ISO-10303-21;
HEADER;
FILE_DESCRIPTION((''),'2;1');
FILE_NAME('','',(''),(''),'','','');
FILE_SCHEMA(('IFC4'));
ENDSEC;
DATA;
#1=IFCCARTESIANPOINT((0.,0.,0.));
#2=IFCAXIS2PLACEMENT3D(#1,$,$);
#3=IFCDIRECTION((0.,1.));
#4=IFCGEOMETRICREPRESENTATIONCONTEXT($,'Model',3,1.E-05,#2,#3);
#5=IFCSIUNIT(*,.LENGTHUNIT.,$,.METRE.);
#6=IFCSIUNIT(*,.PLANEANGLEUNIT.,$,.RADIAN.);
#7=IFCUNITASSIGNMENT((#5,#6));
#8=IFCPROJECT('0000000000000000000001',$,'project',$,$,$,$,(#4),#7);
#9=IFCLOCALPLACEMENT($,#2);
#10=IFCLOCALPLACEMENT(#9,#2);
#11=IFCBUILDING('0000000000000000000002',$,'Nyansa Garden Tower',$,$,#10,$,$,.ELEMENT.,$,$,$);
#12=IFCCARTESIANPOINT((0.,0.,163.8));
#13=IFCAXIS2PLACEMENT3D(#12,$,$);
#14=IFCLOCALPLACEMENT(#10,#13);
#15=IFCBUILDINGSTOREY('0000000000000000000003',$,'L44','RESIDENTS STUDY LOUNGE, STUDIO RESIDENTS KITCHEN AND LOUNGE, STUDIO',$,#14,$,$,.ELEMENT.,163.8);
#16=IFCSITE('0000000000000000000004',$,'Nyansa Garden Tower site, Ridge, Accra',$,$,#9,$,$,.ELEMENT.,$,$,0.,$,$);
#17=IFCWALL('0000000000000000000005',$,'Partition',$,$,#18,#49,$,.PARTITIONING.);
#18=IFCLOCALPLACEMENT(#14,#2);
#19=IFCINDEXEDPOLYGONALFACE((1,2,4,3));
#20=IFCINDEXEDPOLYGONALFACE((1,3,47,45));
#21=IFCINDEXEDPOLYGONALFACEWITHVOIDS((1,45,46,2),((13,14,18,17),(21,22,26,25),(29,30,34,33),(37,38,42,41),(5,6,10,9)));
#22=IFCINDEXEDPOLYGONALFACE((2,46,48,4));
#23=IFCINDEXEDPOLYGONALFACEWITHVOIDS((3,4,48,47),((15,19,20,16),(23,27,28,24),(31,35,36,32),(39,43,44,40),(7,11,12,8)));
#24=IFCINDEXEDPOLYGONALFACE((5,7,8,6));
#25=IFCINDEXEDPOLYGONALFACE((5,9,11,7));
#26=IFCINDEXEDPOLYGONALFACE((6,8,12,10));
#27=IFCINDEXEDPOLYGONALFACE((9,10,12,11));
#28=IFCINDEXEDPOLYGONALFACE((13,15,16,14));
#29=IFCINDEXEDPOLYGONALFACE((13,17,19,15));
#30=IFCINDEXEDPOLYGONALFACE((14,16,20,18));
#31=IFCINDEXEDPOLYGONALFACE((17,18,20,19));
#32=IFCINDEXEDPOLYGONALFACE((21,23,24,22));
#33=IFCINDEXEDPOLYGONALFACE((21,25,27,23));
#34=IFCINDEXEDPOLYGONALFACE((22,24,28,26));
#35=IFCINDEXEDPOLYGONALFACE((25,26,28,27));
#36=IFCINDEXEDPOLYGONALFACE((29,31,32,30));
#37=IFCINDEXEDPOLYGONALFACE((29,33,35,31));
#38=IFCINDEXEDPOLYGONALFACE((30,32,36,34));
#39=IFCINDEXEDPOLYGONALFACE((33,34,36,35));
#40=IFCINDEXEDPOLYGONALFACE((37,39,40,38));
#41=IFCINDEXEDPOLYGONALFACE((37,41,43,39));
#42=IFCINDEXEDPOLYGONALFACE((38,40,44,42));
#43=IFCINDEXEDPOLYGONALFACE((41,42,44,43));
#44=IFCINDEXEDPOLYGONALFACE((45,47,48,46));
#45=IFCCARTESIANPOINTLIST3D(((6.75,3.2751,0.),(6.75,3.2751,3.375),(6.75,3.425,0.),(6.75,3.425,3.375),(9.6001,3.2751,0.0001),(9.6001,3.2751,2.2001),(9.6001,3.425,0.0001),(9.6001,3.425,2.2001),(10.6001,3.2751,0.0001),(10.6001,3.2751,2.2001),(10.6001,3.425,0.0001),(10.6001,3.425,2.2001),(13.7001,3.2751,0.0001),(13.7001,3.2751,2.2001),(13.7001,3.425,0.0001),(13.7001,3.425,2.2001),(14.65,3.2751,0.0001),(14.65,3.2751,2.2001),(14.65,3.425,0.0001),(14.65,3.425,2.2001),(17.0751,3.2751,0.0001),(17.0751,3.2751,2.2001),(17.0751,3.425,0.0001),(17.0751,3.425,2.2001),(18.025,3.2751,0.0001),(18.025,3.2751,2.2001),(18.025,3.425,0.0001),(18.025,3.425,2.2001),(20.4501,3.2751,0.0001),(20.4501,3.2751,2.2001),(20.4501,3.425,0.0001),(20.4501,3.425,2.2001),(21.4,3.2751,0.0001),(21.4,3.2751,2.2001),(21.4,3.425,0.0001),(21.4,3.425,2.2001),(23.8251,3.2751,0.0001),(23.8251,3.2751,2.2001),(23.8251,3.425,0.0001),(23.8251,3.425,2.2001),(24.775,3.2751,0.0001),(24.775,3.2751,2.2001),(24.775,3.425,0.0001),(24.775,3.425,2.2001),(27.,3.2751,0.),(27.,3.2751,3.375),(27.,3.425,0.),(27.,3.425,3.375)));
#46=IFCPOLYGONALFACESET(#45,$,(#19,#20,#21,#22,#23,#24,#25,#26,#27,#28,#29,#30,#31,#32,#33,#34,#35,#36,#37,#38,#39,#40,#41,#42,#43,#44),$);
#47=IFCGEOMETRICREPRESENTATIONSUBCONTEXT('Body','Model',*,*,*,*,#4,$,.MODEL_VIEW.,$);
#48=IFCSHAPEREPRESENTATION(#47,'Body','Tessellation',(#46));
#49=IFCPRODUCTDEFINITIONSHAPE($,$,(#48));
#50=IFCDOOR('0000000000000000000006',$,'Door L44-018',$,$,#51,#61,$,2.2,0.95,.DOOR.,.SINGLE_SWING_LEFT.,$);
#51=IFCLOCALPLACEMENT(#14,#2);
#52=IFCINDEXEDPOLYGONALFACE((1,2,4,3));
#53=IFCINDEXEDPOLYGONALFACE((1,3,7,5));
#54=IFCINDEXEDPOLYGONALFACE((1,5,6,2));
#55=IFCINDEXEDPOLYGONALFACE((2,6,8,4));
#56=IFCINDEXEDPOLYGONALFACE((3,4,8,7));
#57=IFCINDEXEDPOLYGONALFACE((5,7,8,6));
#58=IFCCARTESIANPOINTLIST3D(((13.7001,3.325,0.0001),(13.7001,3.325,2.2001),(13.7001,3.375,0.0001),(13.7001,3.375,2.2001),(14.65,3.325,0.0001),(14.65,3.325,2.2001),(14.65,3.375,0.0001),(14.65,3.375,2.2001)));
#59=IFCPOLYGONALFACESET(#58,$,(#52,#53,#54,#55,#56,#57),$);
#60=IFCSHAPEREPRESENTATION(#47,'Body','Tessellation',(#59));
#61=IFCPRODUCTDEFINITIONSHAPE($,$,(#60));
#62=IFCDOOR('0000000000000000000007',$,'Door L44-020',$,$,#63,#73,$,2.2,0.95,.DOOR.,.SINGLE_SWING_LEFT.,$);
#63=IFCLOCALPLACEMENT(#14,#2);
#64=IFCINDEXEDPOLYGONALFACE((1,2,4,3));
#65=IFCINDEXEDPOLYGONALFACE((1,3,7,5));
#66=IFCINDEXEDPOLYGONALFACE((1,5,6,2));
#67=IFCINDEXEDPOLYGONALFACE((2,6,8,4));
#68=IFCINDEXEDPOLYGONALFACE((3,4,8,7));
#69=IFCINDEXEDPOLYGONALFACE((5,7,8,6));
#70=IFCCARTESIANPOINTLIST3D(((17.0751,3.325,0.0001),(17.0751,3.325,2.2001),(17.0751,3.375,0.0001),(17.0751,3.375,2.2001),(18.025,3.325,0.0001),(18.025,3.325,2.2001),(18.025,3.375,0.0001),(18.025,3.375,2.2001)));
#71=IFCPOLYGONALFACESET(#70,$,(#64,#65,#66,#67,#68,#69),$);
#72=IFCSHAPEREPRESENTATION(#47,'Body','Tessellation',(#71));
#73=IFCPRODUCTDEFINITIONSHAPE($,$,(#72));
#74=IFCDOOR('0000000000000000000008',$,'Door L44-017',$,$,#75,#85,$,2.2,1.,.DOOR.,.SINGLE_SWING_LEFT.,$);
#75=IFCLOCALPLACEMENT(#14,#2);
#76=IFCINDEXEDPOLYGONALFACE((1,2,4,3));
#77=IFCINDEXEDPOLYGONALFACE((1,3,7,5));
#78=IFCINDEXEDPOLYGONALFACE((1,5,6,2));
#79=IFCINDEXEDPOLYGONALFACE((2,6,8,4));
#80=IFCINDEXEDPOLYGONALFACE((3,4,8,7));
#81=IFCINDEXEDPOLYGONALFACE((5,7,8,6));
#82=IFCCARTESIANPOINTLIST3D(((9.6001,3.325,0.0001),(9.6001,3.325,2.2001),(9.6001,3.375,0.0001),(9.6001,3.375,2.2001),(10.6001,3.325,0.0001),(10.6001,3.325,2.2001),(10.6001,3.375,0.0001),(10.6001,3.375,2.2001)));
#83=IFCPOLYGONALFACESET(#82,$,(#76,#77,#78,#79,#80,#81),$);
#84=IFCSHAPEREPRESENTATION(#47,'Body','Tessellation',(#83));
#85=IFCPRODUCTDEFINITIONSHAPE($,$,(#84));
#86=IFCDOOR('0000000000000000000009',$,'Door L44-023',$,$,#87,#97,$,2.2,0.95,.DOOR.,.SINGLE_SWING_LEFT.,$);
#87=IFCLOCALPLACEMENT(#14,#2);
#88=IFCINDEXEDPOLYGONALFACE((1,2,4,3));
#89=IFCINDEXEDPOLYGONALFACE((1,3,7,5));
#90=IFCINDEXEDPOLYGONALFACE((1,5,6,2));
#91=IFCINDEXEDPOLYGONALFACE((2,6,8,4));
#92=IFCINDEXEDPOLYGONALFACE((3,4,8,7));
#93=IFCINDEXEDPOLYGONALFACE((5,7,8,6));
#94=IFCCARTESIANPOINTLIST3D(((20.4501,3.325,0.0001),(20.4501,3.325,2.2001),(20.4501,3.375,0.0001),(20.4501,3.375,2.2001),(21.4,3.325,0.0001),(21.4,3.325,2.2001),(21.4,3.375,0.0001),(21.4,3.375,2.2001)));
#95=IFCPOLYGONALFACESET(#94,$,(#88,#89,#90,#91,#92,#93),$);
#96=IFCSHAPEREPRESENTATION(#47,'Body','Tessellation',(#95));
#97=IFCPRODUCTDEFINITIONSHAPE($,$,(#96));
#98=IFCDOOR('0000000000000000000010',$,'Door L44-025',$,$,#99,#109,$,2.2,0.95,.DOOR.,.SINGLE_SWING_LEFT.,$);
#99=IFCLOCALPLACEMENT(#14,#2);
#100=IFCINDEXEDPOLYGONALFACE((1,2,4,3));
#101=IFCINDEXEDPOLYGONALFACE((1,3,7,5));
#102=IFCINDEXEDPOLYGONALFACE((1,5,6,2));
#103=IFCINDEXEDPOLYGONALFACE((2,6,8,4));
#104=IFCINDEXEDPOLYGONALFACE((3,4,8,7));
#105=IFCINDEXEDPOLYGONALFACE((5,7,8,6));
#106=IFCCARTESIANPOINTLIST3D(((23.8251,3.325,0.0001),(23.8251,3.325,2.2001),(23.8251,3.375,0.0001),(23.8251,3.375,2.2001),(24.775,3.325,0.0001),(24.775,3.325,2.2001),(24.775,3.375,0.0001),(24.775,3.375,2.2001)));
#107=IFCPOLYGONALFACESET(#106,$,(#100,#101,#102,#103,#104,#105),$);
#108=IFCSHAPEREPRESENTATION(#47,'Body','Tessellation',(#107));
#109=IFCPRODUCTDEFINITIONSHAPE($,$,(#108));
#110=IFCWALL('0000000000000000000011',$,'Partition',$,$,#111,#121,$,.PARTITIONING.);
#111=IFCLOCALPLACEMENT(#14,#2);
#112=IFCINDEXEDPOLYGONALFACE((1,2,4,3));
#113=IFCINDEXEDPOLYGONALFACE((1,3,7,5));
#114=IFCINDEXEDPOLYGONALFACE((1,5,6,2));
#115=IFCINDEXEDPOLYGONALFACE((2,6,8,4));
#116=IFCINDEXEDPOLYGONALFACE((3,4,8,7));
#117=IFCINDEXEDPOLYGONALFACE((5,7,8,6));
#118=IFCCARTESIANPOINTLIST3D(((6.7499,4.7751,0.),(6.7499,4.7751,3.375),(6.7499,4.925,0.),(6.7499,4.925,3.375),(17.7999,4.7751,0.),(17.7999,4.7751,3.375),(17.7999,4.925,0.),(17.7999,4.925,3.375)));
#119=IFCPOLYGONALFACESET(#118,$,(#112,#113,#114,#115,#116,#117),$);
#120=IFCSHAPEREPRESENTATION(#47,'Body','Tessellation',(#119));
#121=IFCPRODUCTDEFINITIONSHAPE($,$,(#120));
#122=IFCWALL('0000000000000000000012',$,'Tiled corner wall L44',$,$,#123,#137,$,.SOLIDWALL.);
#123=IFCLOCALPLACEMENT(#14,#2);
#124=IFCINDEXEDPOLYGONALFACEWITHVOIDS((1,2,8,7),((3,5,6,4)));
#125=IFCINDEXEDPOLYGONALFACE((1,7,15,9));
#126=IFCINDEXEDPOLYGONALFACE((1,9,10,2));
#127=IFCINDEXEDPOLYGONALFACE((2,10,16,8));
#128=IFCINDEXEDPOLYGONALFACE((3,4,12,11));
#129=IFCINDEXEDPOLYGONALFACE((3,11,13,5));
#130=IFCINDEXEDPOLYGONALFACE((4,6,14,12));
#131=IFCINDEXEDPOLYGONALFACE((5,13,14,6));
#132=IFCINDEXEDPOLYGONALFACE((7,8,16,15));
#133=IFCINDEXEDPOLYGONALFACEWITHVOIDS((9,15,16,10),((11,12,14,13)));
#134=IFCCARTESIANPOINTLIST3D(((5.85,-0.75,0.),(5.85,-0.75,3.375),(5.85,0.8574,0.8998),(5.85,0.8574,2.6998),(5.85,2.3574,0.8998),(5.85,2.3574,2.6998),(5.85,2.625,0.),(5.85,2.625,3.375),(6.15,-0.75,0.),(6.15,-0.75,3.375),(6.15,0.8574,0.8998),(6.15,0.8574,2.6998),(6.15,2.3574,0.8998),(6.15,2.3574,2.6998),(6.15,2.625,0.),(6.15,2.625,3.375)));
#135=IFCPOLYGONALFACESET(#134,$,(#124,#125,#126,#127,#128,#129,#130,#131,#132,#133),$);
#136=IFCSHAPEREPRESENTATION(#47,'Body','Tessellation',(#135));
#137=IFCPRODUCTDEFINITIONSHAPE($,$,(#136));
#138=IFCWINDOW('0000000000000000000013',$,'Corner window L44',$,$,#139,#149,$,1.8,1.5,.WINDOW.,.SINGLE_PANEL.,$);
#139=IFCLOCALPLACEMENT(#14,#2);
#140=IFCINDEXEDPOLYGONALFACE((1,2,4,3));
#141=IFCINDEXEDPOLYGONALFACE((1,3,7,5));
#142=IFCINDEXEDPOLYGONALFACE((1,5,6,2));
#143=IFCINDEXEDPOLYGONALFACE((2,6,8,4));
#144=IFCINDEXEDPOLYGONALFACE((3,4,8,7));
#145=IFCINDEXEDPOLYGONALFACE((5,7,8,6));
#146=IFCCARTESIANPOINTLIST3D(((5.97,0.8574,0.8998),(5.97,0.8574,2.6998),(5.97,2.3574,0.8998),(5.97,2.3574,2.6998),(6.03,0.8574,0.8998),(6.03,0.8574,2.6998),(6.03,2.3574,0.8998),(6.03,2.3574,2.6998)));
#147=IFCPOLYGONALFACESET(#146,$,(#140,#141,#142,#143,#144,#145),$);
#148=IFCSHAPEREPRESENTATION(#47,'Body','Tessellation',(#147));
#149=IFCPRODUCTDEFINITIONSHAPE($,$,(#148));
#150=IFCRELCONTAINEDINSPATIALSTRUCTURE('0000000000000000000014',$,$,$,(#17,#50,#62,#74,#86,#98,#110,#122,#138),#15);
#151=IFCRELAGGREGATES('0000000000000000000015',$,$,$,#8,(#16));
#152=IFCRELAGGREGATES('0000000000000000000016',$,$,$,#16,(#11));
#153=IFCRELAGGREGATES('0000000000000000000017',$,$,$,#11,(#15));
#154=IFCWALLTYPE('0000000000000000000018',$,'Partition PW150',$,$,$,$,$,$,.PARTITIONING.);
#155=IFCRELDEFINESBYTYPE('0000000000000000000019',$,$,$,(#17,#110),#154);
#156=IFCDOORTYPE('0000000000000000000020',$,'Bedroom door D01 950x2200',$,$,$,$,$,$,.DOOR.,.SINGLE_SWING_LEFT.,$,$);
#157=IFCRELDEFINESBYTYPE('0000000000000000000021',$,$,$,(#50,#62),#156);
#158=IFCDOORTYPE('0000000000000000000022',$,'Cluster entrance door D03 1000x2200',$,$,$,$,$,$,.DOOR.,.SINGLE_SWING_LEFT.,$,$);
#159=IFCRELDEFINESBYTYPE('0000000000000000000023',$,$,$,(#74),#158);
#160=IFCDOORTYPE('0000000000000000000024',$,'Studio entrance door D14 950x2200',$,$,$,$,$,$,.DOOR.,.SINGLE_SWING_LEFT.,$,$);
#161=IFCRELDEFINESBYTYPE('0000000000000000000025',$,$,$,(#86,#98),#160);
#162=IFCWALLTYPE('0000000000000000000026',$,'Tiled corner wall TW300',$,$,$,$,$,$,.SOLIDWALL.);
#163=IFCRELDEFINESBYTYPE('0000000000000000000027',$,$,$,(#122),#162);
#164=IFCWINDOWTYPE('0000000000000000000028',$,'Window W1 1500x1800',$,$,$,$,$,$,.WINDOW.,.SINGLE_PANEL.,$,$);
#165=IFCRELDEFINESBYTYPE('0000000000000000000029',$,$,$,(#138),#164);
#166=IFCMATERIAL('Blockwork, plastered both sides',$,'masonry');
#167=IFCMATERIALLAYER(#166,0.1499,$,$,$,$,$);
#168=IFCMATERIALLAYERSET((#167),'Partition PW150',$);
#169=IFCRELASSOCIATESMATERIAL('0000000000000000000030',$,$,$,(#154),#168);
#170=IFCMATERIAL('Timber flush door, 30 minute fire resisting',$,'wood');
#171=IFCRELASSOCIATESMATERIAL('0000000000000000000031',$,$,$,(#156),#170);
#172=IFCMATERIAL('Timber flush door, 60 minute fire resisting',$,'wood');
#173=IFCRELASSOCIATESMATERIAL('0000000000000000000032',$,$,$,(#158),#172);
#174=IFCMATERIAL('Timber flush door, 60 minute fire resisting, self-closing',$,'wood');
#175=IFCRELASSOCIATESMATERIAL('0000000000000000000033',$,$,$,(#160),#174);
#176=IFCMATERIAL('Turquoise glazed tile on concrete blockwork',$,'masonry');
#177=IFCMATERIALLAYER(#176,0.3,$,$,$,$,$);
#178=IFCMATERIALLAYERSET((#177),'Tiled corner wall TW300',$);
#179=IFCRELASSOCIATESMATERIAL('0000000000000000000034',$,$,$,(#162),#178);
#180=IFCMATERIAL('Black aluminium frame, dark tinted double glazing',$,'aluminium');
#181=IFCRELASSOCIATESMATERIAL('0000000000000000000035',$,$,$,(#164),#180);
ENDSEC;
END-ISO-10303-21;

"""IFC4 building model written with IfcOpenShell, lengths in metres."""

from ifc_helpers import new_model, si_unit, direction, frame, frame_2d, origin, place, context, subcontext, project, spatial, rectangle, extrude, material, layer, layer_set, type_object, element, fill, save


model = new_model("IFC4")

# Units and contexts
model_context = context("Model", 3, precision=1e-05, world=origin(), true_north=direction((0.0, 1.0)))
body_context = subcontext(model_context, "Body", "Model", "MODEL_VIEW")
ifc_project = project(units=[si_unit("LENGTHUNIT", "METRE"), si_unit("PLANEANGLEUNIT", "RADIAN")], contexts=[model_context])

# Site, building, storey
site_placement = place(None, origin())
site = spatial("IfcSite", under=ifc_project, at=site_placement, Name="Nyansa Garden Tower site, Ridge, Accra", CompositionType="ELEMENT", RefElevation=0.0)
building_placement = place(site_placement, origin())
building = spatial("IfcBuilding", under=site, at=building_placement, Name="Nyansa Garden Tower", CompositionType="ELEMENT")
storey_placement = place(building_placement, frame((0.0, 0.0, 163.8)))
storey = spatial("IfcBuildingStorey", under=building, at=storey_placement, Name="L44", Description="RESIDENTS STUDY LOUNGE, STUDIO RESIDENTS KITCHEN AND LOUNGE, STUDIO", CompositionType="ELEMENT", Elevation=163.8)

# Shared definitions
ifc_material_1 = material(Name="Blockwork, plastered both sides", Category="masonry")
ifc_layer_1 = layer(ifc_material_1, 0.1499)
ifc_layer_set_1 = layer_set([ifc_layer_1], Name="Partition PW150")
wall_type_1 = type_object("IfcWallType", Name="Partition PW150", PredefinedType="PARTITIONING", material=ifc_layer_set_1)

# Wall, openings, doors
wall_1_placement = place(storey_placement, frame((6.75, 3.3501, 0.0), z_axis=(0.0, 0.0, 1.0), x_axis=(1.0, 0.0, 0.0)))
wall_1 = element("IfcWall", 1, at=wall_1_placement, inside=storey, type_object=wall_type_1, Name="Partition", PredefinedType="PARTITIONING", context=body_context, shape_type="SweptSolid", body=[
    extrude(rectangle(XDim=20.25, YDim=0.1499, at=frame_2d((10.125, 0.0))), origin(), (0.0, 0.0, 1.0), 3.375),
])
opening_1_placement = place(wall_1_placement, frame((2.8501, 0.0, 0.0)))
opening_1 = element("IfcOpeningElement", 2, at=opening_1_placement, cuts=wall_1, PredefinedType="OPENING", context=body_context, shape_type="SweptSolid", body=[
    extrude(rectangle(XDim=1.0, YDim=2.2, at=frame_2d((0.5, 1.1001))), frame((0.0, 0.085, 0.0), z_axis=(0.0, -1.0, 0.0), x_axis=(1.0, 0.0, 0.0)), (0.0, 0.0, 1.0), 0.1699),
])
opening_2_placement = place(wall_1_placement, frame((6.95, 0.0, 0.0)))
opening_2 = element("IfcOpeningElement", 3, at=opening_2_placement, cuts=wall_1, PredefinedType="OPENING", context=body_context, shape_type="SweptSolid", body=[
    extrude(rectangle(XDim=0.95, YDim=2.2, at=frame_2d((0.4751, 1.1001))), frame((0.0, 0.085, 0.0), z_axis=(0.0, -1.0, 0.0), x_axis=(1.0, 0.0, 0.0)), (0.0, 0.0, 1.0), 0.1699),
])
opening_3_placement = place(wall_1_placement, frame((10.325, 0.0, 0.0)))
opening_3 = element("IfcOpeningElement", 4, at=opening_3_placement, cuts=wall_1, PredefinedType="OPENING", context=body_context, shape_type="SweptSolid", body=[
    extrude(rectangle(XDim=0.95, YDim=2.2, at=frame_2d((0.4751, 1.1001))), frame((0.0, 0.085, 0.0), z_axis=(0.0, -1.0, 0.0), x_axis=(1.0, 0.0, 0.0)), (0.0, 0.0, 1.0), 0.1699),
])
opening_4_placement = place(wall_1_placement, frame((13.7, 0.0, 0.0)))
opening_4 = element("IfcOpeningElement", 5, at=opening_4_placement, cuts=wall_1, PredefinedType="OPENING", context=body_context, shape_type="SweptSolid", body=[
    extrude(rectangle(XDim=0.95, YDim=2.2, at=frame_2d((0.4751, 1.1001))), frame((0.0, 0.085, 0.0), z_axis=(0.0, -1.0, 0.0), x_axis=(1.0, 0.0, 0.0)), (0.0, 0.0, 1.0), 0.1699),
])
opening_5_placement = place(wall_1_placement, frame((17.075, 0.0, 0.0)))
opening_5 = element("IfcOpeningElement", 6, at=opening_5_placement, cuts=wall_1, PredefinedType="OPENING", context=body_context, shape_type="SweptSolid", body=[
    extrude(rectangle(XDim=0.95, YDim=2.2, at=frame_2d((0.4751, 1.1001))), frame((0.0, 0.085, 0.0), z_axis=(0.0, -1.0, 0.0), x_axis=(1.0, 0.0, 0.0)), (0.0, 0.0, 1.0), 0.1699),
])
ifc_material_2 = material(Name="Timber flush door, 30 minute fire resisting", Category="wood")
door_type_1 = type_object("IfcDoorType", Name="Bedroom door D01 950x2200", OperationType="SINGLE_SWING_LEFT", PredefinedType="DOOR", material=ifc_material_2)
door_1_placement = place(opening_2_placement, origin())
door_1 = element("IfcDoor", 7, at=door_1_placement, inside=storey, type_object=door_type_1, Name="Door L44-018", OperationType="SINGLE_SWING_LEFT", OverallHeight=2.2, OverallWidth=0.95, PredefinedType="DOOR", context=body_context, shape_type="SweptSolid", body=[
    extrude(rectangle(XDim=0.95, YDim=2.2, at=frame_2d((0.4751, 1.1001))), frame((0.0, 0.0249, 0.0), z_axis=(0.0, -1.0, 0.0), x_axis=(1.0, 0.0, 0.0)), (0.0, 0.0, 1.0), 0.05),
])
fill(opening_2, door_1)
door_2_placement = place(opening_3_placement, origin())
door_2 = element("IfcDoor", 8, at=door_2_placement, inside=storey, type_object=door_type_1, Name="Door L44-020", OperationType="SINGLE_SWING_LEFT", OverallHeight=2.2, OverallWidth=0.95, PredefinedType="DOOR", context=body_context, shape_type="SweptSolid", body=[
    extrude(rectangle(XDim=0.95, YDim=2.2, at=frame_2d((0.4751, 1.1001))), frame((0.0, 0.0249, 0.0), z_axis=(0.0, -1.0, 0.0), x_axis=(1.0, 0.0, 0.0)), (0.0, 0.0, 1.0), 0.05),
])
fill(opening_3, door_2)
ifc_material_3 = material(Name="Timber flush door, 60 minute fire resisting", Category="wood")
door_type_2 = type_object("IfcDoorType", Name="Cluster entrance door D03 1000x2200", OperationType="SINGLE_SWING_LEFT", PredefinedType="DOOR", material=ifc_material_3)
door_3_placement = place(opening_1_placement, origin())
door_3 = element("IfcDoor", 9, at=door_3_placement, inside=storey, type_object=door_type_2, Name="Door L44-017", OperationType="SINGLE_SWING_LEFT", OverallHeight=2.2, OverallWidth=1.0, PredefinedType="DOOR", context=body_context, shape_type="SweptSolid", body=[
    extrude(rectangle(XDim=1.0, YDim=2.2, at=frame_2d((0.5, 1.1001))), frame((0.0, 0.0249, 0.0), z_axis=(0.0, -1.0, 0.0), x_axis=(1.0, 0.0, 0.0)), (0.0, 0.0, 1.0), 0.05),
])
fill(opening_1, door_3)
ifc_material_4 = material(Name="Timber flush door, 60 minute fire resisting, self-closing", Category="wood")
door_type_3 = type_object("IfcDoorType", Name="Studio entrance door D14 950x2200", OperationType="SINGLE_SWING_LEFT", PredefinedType="DOOR", material=ifc_material_4)
door_4_placement = place(opening_4_placement, origin())
door_4 = element("IfcDoor", 10, at=door_4_placement, inside=storey, type_object=door_type_3, Name="Door L44-023", OperationType="SINGLE_SWING_LEFT", OverallHeight=2.2, OverallWidth=0.95, PredefinedType="DOOR", context=body_context, shape_type="SweptSolid", body=[
    extrude(rectangle(XDim=0.95, YDim=2.2, at=frame_2d((0.4751, 1.1001))), frame((0.0, 0.0249, 0.0), z_axis=(0.0, -1.0, 0.0), x_axis=(1.0, 0.0, 0.0)), (0.0, 0.0, 1.0), 0.05),
])
fill(opening_4, door_4)
door_5_placement = place(opening_5_placement, origin())
door_5 = element("IfcDoor", 11, at=door_5_placement, inside=storey, type_object=door_type_3, Name="Door L44-025", OperationType="SINGLE_SWING_LEFT", OverallHeight=2.2, OverallWidth=0.95, PredefinedType="DOOR", context=body_context, shape_type="SweptSolid", body=[
    extrude(rectangle(XDim=0.95, YDim=2.2, at=frame_2d((0.4751, 1.1001))), frame((0.0, 0.0249, 0.0), z_axis=(0.0, -1.0, 0.0), x_axis=(1.0, 0.0, 0.0)), (0.0, 0.0, 1.0), 0.05),
])
fill(opening_5, door_5)

# Wall
wall_2_placement = place(storey_placement, frame((6.75, 4.8501, 0.0), z_axis=(0.0, 0.0, 1.0), x_axis=(1.0, 0.0, 0.0)))
element("IfcWall", 12, at=wall_2_placement, inside=storey, type_object=wall_type_1, Name="Partition", PredefinedType="PARTITIONING", context=body_context, shape_type="SweptSolid", body=[
    extrude(rectangle(XDim=11.05, YDim=0.1499, at=frame_2d((5.5249, 0.0))), origin(), (0.0, 0.0, 1.0), 3.375),
])

# Wall, opening, window
ifc_material_5 = material(Name="Turquoise glazed tile on concrete blockwork", Category="masonry")
ifc_layer_2 = layer(ifc_material_5, 0.3)
ifc_layer_set_2 = layer_set([ifc_layer_2], Name="Tiled corner wall TW300")
wall_type_2 = type_object("IfcWallType", Name="Tiled corner wall TW300", PredefinedType="SOLIDWALL", material=ifc_layer_set_2)
wall_3_placement = place(storey_placement, frame((6.0, 2.625, 0.0), z_axis=(0.0, 0.0, 1.0), x_axis=(0.0, -1.0, 0.0)))
wall_3 = element("IfcWall", 13, at=wall_3_placement, inside=storey, type_object=wall_type_2, Name="Tiled corner wall L44", PredefinedType="SOLIDWALL", context=body_context, shape_type="SweptSolid", body=[
    extrude(rectangle(XDim=3.375, YDim=0.3, at=frame_2d((1.6875, 0.0))), origin(), (0.0, 0.0, 1.0), 3.375),
])
opening_6_placement = place(wall_3_placement, frame((0.2676, 0.0, 0.8999)))
opening_6 = element("IfcOpeningElement", 14, at=opening_6_placement, cuts=wall_3, PredefinedType="OPENING", context=body_context, shape_type="SweptSolid", body=[
    extrude(rectangle(XDim=1.5, YDim=1.8, at=frame_2d((0.75, 0.8999))), frame((0.0, 0.1599, 0.0), z_axis=(0.0, -1.0, 0.0), x_axis=(1.0, 0.0, 0.0)), (0.0, 0.0, 1.0), 0.3201),
])
ifc_material_6 = material(Name="Black aluminium frame, dark tinted double glazing", Category="aluminium")
window_type = type_object("IfcWindowType", Name="Window W1 1500x1800", PartitioningType="SINGLE_PANEL", PredefinedType="WINDOW", material=ifc_material_6)
window_placement = place(opening_6_placement, origin())
window = element("IfcWindow", 15, at=window_placement, inside=storey, type_object=window_type, Name="Corner window L44", OverallHeight=1.8, OverallWidth=1.5, PartitioningType="SINGLE_PANEL", PredefinedType="WINDOW", context=body_context, shape_type="SweptSolid", body=[
    extrude(rectangle(XDim=1.5, YDim=1.8, at=frame_2d((0.75, 0.8999))), frame((0.0, 0.03, 0.0), z_axis=(0.0, -1.0, 0.0), x_axis=(1.0, 0.0, 0.0)), (0.0, 0.0, 1.0), 0.0601),
])
fill(opening_6, window)

save(model, "model.ifc")
